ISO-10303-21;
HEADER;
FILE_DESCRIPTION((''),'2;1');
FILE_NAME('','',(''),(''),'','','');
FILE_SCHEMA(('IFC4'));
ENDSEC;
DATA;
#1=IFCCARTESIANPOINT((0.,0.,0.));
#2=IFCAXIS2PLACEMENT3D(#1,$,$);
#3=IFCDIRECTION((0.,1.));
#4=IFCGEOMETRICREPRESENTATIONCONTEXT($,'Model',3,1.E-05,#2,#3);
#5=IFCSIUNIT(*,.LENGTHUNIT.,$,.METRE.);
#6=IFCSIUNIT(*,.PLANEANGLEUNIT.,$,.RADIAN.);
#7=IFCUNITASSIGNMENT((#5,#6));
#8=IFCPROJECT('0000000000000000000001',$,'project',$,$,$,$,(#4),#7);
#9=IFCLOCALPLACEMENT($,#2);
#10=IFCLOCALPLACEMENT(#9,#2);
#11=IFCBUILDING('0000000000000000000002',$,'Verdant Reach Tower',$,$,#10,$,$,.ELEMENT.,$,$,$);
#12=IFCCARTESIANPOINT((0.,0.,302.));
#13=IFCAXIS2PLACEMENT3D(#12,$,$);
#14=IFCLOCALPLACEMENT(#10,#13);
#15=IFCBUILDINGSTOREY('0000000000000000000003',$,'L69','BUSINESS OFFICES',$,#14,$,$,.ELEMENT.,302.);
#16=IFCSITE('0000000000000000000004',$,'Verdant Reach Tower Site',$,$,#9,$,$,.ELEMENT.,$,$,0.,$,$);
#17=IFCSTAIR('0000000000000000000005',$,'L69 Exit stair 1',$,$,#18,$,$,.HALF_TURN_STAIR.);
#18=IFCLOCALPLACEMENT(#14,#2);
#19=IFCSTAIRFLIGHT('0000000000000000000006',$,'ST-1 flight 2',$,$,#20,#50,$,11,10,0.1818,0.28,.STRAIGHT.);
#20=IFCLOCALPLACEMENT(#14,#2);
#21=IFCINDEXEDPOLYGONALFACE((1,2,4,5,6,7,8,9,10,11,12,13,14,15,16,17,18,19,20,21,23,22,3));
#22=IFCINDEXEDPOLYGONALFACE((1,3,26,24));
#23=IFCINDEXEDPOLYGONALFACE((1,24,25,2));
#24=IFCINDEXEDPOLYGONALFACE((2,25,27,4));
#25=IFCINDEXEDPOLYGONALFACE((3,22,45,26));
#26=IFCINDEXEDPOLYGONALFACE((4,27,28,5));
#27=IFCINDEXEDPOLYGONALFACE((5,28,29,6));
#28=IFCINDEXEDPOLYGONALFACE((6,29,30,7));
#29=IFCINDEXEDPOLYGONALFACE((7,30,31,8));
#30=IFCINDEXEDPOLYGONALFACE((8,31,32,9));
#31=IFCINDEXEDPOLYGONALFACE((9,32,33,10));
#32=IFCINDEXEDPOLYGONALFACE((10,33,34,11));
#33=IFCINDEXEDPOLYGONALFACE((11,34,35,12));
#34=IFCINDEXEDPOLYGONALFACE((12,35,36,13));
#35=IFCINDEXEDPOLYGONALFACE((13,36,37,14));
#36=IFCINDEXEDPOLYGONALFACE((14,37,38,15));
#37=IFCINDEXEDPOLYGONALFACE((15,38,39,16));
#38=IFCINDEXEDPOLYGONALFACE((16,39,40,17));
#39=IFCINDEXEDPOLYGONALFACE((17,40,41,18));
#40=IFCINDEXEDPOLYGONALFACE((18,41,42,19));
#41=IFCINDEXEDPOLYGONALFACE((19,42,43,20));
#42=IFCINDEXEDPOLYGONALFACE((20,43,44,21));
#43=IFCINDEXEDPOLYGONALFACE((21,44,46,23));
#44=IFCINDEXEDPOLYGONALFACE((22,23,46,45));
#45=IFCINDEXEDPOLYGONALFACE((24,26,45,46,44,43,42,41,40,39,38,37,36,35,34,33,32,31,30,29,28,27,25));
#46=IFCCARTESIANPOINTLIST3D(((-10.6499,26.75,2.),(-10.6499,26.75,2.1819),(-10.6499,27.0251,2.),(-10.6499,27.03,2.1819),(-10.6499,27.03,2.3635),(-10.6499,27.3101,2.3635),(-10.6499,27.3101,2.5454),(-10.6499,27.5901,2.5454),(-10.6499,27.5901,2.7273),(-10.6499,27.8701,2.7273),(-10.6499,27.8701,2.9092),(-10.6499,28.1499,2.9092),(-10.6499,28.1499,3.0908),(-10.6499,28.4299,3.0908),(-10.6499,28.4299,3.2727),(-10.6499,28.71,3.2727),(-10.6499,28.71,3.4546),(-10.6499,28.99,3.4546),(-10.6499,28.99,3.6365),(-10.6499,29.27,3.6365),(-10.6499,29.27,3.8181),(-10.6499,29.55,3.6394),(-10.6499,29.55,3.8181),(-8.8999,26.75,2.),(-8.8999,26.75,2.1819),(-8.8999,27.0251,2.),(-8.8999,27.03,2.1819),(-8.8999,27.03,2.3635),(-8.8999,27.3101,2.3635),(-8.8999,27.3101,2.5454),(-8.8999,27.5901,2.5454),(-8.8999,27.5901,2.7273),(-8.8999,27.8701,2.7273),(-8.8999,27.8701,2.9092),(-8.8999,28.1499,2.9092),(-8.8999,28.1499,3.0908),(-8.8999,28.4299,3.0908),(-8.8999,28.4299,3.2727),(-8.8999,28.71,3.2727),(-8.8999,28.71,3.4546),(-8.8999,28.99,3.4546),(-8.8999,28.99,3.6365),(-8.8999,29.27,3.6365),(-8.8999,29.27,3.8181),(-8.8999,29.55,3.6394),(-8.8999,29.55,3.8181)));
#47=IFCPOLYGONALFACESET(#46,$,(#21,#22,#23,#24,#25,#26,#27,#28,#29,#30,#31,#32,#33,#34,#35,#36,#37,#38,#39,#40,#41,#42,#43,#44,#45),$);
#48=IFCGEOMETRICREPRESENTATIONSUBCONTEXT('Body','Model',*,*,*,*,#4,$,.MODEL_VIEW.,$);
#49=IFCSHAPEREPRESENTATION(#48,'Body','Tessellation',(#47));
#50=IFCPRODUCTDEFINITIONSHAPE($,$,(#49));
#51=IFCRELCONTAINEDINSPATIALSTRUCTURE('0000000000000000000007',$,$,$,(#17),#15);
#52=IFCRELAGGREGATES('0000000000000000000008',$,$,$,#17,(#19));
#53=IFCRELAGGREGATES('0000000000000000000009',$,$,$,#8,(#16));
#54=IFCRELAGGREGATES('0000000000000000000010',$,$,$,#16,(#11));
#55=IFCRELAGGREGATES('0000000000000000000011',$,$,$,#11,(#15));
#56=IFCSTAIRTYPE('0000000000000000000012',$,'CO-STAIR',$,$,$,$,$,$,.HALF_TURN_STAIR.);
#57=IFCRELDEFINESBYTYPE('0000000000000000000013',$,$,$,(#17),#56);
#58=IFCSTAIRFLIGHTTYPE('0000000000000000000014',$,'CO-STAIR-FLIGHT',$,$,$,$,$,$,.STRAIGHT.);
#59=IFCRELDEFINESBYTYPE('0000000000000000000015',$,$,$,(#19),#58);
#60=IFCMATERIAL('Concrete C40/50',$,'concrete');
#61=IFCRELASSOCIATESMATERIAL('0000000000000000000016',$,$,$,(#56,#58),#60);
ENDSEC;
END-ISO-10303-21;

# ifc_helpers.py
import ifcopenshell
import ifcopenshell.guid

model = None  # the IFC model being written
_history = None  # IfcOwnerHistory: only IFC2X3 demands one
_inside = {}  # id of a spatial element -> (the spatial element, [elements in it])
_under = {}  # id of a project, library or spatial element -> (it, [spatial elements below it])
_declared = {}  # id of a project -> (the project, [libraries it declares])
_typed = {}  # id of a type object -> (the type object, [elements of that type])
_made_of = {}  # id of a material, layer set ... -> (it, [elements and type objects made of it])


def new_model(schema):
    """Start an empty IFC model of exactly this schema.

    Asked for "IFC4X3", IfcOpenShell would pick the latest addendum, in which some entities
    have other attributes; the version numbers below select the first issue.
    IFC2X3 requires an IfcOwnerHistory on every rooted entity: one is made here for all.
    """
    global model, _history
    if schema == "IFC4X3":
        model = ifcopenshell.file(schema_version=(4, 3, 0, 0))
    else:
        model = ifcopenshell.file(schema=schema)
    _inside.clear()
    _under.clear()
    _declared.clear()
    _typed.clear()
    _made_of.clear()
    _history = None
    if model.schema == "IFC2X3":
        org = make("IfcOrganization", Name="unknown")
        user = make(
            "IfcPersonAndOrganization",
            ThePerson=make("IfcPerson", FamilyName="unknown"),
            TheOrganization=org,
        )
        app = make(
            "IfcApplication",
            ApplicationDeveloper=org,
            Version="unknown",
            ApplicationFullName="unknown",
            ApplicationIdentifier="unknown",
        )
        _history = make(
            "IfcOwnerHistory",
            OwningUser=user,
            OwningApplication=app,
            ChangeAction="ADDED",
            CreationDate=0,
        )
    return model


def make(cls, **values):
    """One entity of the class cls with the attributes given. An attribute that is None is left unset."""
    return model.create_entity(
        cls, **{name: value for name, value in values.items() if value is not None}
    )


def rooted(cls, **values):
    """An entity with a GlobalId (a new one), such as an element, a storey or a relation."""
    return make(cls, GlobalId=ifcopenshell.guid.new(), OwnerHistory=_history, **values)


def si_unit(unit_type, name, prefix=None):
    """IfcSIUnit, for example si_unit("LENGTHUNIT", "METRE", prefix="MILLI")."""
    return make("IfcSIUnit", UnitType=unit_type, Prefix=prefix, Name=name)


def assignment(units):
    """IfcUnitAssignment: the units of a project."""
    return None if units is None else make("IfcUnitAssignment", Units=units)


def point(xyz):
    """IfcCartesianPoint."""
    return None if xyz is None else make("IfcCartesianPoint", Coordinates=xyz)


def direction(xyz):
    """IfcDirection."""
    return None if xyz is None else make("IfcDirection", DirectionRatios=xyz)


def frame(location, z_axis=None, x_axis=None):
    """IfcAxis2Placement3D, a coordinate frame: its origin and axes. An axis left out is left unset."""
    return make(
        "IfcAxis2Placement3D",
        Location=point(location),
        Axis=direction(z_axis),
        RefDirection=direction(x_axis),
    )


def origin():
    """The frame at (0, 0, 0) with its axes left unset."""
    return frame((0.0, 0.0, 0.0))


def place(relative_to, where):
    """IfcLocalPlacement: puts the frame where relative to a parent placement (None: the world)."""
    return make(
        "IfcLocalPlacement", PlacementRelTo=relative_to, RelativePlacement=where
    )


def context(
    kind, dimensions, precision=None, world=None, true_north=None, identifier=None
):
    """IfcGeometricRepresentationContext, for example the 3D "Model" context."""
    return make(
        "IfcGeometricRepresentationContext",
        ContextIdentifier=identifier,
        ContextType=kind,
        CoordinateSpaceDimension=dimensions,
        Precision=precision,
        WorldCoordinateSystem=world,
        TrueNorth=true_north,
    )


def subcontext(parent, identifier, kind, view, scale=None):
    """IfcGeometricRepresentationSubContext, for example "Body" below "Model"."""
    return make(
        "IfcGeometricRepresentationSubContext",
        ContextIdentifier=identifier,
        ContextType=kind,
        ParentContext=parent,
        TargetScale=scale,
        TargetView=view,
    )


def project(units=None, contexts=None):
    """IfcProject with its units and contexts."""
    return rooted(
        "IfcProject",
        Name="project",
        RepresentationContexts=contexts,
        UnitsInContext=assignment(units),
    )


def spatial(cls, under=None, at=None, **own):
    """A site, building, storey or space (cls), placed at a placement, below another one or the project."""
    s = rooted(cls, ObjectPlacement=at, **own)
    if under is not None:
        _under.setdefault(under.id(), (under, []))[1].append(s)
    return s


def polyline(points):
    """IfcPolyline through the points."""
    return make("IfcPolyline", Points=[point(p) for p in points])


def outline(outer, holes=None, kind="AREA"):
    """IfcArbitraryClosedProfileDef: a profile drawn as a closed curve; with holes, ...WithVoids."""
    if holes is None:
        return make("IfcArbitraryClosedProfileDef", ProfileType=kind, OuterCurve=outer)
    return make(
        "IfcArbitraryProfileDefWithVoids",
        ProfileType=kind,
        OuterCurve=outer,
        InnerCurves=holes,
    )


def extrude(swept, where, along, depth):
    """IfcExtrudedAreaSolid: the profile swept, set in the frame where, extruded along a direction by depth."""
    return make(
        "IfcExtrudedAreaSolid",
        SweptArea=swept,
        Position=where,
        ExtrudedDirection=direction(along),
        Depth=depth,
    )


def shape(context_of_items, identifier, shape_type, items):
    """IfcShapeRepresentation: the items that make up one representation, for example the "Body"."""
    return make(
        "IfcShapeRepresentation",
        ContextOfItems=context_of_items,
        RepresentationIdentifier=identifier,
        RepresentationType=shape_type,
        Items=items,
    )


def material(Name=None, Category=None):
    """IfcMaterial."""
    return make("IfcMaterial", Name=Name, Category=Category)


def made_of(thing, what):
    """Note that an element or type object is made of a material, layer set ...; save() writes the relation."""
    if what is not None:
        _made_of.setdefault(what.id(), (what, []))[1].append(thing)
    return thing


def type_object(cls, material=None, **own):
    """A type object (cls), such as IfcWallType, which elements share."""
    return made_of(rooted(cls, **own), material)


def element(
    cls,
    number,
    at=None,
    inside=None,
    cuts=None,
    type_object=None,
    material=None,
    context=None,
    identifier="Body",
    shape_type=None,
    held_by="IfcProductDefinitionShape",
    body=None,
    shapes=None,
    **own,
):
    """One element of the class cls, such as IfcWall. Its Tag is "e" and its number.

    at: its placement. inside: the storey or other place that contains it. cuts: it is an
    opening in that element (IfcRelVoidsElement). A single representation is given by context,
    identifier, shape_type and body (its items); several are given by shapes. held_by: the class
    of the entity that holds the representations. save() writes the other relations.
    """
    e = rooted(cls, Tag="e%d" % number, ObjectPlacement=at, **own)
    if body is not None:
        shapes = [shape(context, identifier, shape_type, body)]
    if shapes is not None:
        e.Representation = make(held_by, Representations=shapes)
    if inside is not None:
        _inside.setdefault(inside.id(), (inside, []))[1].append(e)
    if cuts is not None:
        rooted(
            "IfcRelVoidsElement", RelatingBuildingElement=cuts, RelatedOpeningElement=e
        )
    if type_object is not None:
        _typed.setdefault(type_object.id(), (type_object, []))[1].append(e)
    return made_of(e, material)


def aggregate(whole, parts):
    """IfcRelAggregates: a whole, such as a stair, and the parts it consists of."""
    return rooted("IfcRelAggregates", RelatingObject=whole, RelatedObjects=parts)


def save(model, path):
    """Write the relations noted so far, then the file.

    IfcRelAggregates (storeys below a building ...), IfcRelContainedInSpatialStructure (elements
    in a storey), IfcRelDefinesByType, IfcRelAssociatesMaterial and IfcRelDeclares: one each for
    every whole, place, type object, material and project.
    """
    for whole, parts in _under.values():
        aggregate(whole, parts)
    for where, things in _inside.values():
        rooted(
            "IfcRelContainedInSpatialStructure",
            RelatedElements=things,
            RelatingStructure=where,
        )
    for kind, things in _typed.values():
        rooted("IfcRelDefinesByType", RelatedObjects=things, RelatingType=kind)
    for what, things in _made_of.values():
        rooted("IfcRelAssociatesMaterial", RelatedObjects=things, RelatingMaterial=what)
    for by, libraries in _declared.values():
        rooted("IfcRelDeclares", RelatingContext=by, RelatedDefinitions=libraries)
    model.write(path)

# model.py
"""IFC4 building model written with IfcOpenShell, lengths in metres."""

from ifc_helpers import new_model, si_unit, direction, frame, origin, place, context, subcontext, project, spatial, polyline, outline, extrude, material, type_object, element, aggregate, save


model = new_model("IFC4")

# Units and contexts
model_context = context("Model", 3, precision=1e-05, world=origin(), true_north=direction((0.0, 1.0)))
body_context = subcontext(model_context, "Body", "Model", "MODEL_VIEW")
ifc_project = project(units=[si_unit("LENGTHUNIT", "METRE"), si_unit("PLANEANGLEUNIT", "RADIAN")], contexts=[model_context])

# Site, building, storey
site_placement = place(None, origin())
site = spatial("IfcSite", under=ifc_project, at=site_placement, Name="Verdant Reach Tower Site", CompositionType="ELEMENT", RefElevation=0.0)
building_placement = place(site_placement, origin())
building = spatial("IfcBuilding", under=site, at=building_placement, Name="Verdant Reach Tower", CompositionType="ELEMENT")
storey_placement = place(building_placement, frame((0.0, 0.0, 302.0)))
storey = spatial("IfcBuildingStorey", under=building, at=storey_placement, Name="L69", Description="BUSINESS OFFICES", CompositionType="ELEMENT", Elevation=302.0)

# Shared definitions
ifc_material_1 = material(Name="Concrete C40/50", Category="concrete")

# Stair, stair flight
stair_type = type_object("IfcStairType", Name="CO-STAIR", PredefinedType="HALF_TURN_STAIR", material=ifc_material_1)
stair_placement = place(storey_placement, origin())
stair = element("IfcStair", 1, at=stair_placement, inside=storey, type_object=stair_type, Name="L69 Exit stair 1", PredefinedType="HALF_TURN_STAIR")
stair_flight_type = type_object("IfcStairFlightType", Name="CO-STAIR-FLIGHT", PredefinedType="STRAIGHT", material=ifc_material_1)
stair_flight_placement = place(storey_placement, frame((-9.7749, 26.75, 2.0), z_axis=(0.0, 0.0, 1.0), x_axis=(0.0, 1.0, 0.0)))
stair_flight = element("IfcStairFlight", 2, at=stair_flight_placement, type_object=stair_flight_type, Name="ST-1 flight 2", NumberOfRisers=11, NumberOfTreads=10, PredefinedType="STRAIGHT", RiserHeight=0.1818, TreadLength=0.28, context=body_context, shape_type="SweptSolid", body=[
    extrude(outline(polyline([(0.0, 0.0), (0.0, 0.1819), (0.28, 0.1819), (0.28, 0.3635), (0.5601, 0.3635), (0.5601, 0.5454), (0.8401, 0.5454), (0.8401, 0.7273), (1.1201, 0.7273), (1.1201, 0.9092), (1.3999, 0.9092), (1.3999, 1.0908), (1.6799, 1.0908), (1.6799, 1.2727), (1.96, 1.2727), (1.96, 1.4546), (2.24, 1.4546), (2.24, 1.6365), (2.52, 1.6365), (2.52, 1.8181), (2.8, 1.8181), (2.8, 2.0), (2.8, 1.6394), (0.2751, 0.0), (0.0, 0.0)])), frame((0.0, 0.875, 0.0), z_axis=(0.0, -1.0, 0.0), x_axis=(1.0, 0.0, 0.0)), (0.0, 0.0, 1.0), 1.75),
])
aggregate(stair, [stair_flight])

save(model, "model.ifc")
